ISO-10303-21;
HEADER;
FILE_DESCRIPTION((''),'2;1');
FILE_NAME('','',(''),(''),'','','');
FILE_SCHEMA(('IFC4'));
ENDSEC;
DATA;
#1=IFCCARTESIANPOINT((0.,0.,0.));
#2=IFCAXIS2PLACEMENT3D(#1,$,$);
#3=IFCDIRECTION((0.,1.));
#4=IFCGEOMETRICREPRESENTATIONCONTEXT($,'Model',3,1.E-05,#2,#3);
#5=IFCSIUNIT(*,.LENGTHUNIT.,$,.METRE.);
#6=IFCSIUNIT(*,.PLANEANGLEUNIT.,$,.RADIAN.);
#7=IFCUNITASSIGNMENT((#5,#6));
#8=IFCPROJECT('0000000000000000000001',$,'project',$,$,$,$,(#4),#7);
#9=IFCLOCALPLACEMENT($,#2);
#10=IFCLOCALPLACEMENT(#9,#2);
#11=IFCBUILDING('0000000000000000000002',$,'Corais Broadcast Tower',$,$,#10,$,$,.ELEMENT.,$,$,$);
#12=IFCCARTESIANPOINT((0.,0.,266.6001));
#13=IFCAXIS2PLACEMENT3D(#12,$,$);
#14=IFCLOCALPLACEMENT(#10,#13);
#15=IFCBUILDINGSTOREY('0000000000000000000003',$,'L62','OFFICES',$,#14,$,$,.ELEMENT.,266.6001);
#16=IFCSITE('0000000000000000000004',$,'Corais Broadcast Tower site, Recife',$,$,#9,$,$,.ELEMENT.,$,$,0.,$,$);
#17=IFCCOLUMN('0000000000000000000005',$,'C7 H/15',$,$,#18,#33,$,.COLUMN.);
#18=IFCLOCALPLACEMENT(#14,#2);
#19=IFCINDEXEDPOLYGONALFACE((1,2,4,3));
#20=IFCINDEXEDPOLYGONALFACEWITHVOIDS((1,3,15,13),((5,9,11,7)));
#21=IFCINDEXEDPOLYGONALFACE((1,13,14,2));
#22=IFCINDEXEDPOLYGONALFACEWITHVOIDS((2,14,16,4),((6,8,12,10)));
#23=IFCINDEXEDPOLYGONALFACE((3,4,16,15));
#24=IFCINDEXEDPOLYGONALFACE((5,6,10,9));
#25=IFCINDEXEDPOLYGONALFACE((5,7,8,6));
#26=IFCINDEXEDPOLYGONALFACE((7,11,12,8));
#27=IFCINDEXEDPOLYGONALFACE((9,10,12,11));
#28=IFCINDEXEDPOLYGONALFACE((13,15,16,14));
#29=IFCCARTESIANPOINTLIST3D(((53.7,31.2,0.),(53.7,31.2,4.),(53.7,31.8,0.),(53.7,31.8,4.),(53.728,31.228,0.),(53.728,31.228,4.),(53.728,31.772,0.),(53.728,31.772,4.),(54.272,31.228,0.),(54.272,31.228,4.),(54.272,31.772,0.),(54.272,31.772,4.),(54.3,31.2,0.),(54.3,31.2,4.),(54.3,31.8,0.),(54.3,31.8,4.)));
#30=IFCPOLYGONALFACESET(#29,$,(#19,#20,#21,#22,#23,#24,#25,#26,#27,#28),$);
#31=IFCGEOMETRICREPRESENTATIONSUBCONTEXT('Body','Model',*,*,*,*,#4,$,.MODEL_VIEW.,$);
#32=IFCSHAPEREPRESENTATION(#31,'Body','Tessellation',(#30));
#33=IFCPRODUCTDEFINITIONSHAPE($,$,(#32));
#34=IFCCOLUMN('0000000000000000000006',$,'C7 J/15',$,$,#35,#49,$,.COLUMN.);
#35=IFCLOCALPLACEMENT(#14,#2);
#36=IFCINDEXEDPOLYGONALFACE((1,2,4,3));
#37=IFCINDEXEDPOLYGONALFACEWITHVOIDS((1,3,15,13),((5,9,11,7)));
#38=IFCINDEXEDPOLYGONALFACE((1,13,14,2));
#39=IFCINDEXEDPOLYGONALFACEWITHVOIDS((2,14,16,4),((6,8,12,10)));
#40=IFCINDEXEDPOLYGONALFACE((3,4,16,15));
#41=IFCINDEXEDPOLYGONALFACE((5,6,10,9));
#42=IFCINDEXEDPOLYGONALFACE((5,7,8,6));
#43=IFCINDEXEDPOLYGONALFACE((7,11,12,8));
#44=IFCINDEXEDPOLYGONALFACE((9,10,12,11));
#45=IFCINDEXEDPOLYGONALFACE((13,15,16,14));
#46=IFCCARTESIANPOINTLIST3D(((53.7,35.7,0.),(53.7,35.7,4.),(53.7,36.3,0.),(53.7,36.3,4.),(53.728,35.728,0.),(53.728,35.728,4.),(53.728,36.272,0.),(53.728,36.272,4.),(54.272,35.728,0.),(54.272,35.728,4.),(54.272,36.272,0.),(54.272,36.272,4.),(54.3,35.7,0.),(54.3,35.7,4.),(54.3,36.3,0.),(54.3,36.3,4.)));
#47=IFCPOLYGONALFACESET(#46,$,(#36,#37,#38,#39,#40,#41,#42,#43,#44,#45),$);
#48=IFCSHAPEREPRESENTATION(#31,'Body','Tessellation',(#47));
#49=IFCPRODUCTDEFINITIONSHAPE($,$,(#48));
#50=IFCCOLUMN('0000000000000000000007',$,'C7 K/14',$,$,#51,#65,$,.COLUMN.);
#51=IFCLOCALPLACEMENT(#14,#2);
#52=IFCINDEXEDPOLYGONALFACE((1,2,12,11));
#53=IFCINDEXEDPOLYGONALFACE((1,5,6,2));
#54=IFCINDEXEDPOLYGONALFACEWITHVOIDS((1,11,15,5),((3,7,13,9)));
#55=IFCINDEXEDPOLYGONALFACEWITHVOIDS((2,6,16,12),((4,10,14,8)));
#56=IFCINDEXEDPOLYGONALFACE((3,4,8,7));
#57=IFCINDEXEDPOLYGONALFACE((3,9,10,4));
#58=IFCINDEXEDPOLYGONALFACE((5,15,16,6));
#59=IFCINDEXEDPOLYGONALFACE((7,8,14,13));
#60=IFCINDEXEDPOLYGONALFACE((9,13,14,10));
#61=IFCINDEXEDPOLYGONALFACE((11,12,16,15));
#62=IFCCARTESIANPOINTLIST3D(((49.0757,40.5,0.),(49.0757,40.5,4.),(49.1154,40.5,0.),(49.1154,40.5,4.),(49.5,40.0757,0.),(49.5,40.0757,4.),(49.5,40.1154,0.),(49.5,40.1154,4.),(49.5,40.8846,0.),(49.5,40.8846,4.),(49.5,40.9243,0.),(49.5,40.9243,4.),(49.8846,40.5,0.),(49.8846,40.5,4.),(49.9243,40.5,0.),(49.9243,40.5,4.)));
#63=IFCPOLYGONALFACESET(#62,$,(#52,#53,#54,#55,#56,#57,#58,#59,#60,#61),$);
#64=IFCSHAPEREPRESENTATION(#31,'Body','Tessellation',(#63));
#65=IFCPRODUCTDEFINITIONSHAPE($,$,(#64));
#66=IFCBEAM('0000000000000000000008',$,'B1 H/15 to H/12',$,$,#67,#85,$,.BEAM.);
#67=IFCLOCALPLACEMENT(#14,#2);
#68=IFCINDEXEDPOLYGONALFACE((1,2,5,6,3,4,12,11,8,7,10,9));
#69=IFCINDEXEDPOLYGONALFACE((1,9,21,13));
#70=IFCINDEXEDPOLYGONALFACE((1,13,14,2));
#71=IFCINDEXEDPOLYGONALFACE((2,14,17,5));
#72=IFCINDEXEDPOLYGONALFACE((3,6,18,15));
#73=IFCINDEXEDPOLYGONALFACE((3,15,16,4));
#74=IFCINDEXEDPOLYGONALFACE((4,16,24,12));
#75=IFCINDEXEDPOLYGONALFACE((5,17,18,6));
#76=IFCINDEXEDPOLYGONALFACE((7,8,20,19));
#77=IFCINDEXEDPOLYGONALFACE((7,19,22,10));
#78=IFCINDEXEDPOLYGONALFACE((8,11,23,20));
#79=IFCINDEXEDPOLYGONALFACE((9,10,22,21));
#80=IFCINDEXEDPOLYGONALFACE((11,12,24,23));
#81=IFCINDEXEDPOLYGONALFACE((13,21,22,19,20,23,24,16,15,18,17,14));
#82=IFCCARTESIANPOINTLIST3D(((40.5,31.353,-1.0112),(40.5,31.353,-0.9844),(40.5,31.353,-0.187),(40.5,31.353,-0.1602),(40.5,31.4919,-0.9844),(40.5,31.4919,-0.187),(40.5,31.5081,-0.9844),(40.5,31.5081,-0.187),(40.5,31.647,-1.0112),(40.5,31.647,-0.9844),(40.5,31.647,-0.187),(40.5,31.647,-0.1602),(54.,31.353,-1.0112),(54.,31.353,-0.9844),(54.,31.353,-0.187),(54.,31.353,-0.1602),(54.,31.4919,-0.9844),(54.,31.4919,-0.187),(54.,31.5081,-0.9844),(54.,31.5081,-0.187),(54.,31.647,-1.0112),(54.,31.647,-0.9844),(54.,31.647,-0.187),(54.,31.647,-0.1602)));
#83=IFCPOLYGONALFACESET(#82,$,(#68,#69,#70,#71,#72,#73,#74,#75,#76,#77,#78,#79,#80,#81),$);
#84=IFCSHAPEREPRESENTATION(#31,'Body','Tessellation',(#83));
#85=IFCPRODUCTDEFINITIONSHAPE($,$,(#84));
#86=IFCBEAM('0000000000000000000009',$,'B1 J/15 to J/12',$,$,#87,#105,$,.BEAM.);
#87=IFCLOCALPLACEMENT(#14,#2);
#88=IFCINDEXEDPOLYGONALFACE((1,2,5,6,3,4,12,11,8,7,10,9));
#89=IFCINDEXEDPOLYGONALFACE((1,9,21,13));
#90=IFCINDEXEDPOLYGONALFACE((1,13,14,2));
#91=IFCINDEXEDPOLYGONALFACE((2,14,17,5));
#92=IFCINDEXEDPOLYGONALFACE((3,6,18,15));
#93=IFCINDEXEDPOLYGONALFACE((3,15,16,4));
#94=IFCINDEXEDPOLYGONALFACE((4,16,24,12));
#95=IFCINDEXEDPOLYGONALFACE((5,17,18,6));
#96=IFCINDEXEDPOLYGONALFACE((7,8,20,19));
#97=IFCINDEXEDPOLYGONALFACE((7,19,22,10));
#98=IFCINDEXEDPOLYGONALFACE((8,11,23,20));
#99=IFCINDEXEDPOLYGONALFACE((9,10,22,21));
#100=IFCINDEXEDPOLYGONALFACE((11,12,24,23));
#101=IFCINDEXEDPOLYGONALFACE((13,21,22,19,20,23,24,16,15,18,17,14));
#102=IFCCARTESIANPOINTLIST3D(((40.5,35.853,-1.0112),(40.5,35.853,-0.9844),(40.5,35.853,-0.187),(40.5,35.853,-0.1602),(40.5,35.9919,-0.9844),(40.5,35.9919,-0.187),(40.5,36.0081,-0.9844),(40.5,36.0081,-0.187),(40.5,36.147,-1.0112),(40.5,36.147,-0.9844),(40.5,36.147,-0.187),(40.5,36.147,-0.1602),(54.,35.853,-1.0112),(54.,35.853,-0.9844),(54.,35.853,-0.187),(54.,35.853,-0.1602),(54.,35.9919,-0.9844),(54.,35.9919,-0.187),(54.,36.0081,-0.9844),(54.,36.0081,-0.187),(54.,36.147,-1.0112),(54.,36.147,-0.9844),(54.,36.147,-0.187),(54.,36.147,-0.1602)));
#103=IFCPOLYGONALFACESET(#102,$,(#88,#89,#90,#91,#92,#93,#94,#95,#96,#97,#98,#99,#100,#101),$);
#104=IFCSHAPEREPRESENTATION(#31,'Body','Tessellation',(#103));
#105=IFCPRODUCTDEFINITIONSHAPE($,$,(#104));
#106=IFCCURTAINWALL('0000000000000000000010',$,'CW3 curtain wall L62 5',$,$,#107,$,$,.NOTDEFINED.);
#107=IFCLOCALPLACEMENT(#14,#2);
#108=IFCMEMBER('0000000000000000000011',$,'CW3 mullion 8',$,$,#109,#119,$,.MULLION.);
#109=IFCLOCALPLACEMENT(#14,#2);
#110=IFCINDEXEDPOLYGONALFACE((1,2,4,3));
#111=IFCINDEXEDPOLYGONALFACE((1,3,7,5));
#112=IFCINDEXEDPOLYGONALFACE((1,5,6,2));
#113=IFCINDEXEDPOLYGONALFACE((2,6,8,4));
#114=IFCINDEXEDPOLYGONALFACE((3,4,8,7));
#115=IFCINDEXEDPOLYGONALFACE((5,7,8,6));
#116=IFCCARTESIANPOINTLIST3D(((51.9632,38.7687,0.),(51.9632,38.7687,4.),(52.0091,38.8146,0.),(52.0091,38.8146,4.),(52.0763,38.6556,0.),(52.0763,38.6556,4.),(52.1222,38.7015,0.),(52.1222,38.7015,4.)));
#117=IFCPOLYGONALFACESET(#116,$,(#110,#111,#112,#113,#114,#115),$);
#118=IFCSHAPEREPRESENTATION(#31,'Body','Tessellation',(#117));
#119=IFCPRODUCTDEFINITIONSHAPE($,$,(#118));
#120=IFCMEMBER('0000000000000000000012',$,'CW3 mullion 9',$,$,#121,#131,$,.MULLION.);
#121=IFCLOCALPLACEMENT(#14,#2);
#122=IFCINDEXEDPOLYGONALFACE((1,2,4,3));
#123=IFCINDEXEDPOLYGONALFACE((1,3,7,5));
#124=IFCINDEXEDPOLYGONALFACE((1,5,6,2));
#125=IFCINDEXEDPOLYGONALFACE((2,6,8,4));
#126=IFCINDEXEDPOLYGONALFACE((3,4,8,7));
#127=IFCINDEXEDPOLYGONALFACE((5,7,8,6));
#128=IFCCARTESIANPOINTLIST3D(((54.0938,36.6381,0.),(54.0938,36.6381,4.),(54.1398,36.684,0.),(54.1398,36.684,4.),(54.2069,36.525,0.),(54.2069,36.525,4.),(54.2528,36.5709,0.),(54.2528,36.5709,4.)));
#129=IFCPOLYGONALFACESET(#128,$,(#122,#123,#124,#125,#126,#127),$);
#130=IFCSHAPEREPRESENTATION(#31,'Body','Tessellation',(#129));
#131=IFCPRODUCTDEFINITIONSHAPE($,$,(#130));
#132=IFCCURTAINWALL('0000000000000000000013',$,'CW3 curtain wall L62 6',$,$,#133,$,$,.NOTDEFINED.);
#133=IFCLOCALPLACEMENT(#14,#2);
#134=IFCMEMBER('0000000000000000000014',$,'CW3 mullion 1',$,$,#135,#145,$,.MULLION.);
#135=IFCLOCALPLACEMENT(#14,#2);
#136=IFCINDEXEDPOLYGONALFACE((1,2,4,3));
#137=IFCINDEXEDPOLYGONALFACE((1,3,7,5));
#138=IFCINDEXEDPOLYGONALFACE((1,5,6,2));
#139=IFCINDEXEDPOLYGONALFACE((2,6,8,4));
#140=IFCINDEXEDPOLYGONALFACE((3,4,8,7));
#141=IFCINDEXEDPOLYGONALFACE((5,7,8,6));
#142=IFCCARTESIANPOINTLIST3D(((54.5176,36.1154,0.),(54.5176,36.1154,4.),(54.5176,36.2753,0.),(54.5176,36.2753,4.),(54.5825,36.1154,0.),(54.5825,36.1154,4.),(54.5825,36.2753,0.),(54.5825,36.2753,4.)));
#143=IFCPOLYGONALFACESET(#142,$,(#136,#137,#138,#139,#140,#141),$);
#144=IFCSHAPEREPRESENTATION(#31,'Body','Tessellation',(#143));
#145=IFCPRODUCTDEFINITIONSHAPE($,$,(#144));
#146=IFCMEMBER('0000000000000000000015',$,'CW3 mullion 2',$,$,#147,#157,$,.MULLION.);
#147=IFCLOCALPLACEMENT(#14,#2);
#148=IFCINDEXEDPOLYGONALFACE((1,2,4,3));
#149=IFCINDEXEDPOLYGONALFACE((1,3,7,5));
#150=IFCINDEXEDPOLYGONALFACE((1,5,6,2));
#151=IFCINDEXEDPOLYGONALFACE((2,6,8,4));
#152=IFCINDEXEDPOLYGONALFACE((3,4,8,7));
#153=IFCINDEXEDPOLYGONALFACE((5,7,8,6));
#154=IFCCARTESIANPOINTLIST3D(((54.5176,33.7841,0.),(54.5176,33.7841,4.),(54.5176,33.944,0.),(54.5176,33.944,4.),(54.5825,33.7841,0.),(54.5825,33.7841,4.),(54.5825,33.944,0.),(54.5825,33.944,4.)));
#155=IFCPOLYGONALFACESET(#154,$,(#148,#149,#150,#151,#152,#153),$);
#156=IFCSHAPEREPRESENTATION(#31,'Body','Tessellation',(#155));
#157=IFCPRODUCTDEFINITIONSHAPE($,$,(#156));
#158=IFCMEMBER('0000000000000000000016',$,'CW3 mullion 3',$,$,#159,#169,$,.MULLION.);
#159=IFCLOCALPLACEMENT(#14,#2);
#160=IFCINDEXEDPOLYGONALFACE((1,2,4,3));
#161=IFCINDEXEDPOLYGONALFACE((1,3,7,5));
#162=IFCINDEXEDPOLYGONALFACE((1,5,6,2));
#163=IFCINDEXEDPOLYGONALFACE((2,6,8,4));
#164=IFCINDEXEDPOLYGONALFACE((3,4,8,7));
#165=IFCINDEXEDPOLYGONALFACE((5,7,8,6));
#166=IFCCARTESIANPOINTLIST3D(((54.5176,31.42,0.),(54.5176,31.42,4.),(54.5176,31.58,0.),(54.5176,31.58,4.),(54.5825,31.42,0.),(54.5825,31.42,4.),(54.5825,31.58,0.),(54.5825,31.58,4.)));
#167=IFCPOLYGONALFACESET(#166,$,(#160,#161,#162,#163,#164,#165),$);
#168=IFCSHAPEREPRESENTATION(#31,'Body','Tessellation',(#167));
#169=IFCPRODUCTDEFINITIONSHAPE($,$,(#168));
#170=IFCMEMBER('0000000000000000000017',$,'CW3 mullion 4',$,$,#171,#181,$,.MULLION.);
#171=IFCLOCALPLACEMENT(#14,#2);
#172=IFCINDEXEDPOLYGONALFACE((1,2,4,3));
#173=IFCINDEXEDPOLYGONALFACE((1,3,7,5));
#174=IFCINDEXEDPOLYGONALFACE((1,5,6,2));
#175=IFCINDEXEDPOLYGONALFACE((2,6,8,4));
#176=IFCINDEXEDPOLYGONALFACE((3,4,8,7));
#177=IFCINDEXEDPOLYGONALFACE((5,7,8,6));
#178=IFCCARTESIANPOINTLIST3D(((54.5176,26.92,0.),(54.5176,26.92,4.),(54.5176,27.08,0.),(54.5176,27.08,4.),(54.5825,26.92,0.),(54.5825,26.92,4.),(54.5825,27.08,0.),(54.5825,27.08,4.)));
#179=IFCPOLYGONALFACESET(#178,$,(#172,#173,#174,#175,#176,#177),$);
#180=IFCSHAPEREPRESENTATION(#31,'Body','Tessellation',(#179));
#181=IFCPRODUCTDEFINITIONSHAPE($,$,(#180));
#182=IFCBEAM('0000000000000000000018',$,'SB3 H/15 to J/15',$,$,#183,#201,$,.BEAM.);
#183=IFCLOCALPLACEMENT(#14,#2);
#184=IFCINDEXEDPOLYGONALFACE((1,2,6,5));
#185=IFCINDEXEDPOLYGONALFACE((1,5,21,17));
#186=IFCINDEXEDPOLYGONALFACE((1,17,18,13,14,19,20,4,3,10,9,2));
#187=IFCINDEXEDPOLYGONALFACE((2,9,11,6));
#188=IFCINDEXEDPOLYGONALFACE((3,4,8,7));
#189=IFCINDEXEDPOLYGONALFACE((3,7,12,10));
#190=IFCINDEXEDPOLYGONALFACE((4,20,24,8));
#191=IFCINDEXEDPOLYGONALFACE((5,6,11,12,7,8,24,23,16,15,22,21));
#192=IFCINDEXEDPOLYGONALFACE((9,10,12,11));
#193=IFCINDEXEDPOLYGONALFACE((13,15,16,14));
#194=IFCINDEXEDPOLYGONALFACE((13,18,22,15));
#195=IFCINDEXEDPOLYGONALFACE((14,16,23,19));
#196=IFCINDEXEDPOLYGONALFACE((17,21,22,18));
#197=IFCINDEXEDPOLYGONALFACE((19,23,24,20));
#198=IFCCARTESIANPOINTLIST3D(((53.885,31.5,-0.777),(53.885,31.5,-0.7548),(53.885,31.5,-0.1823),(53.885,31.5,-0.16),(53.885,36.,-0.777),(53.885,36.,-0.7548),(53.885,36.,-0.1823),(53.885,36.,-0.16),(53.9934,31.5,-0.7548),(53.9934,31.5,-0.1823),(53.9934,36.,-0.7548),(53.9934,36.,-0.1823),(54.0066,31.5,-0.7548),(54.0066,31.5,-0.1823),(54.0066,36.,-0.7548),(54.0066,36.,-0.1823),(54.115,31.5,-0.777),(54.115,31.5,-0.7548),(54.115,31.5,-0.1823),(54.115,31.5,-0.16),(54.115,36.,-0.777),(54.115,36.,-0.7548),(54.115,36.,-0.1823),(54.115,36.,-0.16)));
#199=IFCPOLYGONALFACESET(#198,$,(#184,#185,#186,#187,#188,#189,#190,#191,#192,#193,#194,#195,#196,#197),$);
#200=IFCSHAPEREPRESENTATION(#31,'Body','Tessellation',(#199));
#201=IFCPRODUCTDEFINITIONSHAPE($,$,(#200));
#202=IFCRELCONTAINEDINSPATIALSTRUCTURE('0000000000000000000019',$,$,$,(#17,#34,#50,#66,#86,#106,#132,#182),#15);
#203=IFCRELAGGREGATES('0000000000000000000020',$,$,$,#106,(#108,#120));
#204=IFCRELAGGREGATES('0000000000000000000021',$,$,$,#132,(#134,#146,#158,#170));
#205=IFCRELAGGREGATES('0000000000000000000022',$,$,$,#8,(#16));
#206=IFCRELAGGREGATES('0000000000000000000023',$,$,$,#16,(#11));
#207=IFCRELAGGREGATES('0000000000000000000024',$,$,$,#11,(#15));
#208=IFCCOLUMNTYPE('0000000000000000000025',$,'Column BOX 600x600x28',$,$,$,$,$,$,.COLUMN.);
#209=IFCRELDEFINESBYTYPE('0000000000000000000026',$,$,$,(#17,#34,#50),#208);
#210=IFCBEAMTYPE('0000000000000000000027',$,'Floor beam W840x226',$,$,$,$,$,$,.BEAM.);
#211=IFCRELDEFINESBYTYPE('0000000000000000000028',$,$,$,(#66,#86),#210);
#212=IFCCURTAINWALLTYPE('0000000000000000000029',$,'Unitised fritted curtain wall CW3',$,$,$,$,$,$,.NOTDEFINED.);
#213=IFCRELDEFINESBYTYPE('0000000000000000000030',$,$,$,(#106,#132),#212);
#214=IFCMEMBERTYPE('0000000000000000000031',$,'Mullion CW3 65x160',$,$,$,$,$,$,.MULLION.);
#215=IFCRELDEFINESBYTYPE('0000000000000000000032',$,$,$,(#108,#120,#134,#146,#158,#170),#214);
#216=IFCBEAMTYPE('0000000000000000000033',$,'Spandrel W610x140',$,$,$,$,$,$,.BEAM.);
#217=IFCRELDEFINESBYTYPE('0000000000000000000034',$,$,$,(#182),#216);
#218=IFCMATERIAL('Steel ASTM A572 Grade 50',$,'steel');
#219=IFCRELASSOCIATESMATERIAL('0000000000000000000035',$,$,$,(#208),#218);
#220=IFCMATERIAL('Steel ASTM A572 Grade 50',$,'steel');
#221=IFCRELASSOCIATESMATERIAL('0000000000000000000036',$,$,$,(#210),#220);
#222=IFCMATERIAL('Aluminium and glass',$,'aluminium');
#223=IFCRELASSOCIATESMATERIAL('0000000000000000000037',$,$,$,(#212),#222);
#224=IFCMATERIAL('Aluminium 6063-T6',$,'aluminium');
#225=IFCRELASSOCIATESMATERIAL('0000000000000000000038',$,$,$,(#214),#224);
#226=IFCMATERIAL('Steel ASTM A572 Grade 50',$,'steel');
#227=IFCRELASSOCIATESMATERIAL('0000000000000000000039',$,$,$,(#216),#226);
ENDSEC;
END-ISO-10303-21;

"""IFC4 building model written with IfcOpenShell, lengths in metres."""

from ifc_helpers import new_model, si_unit, direction, frame, origin, origin_2d, place, context, subcontext, project, spatial, rectangle, hollow_rectangle, i_section, extrude, material, material_profile, profile_set, type_object, element, aggregate, save


model = new_model("IFC4")

# Units and contexts
model_context = context("Model", 3, precision=1e-05, world=origin(), true_north=direction((0.0, 1.0)))
body_context = subcontext(model_context, "Body", "Model", "MODEL_VIEW")
ifc_project = project(units=[si_unit("LENGTHUNIT", "METRE"), si_unit("PLANEANGLEUNIT", "RADIAN")], contexts=[model_context])

# Site, building, storey
site_placement = place(None, origin())
site = spatial("IfcSite", under=ifc_project, at=site_placement, Name="Corais Broadcast Tower site, Recife", CompositionType="ELEMENT", RefElevation=0.0)
building_placement = place(site_placement, origin())
building = spatial("IfcBuilding", under=site, at=building_placement, Name="Corais Broadcast Tower", CompositionType="ELEMENT")
storey_placement = place(building_placement, frame((0.0, 0.0, 266.6001)))
storey = spatial("IfcBuildingStorey", under=building, at=storey_placement, Name="L62", Description="OFFICES", CompositionType="ELEMENT", Elevation=266.6001)

# Columns
ifc_material_1 = material(Name="Steel ASTM A572 Grade 50", Category="steel")
ifc_material_profile_1 = material_profile(ifc_material_1, hollow_rectangle(XDim=0.6001, YDim=0.6001, WallThickness=0.0281, at=origin_2d()), Name="BOX 600x600x28")
ifc_profile_set_1 = profile_set([ifc_material_profile_1], Name="Steel ASTM A572 Grade 50")
column_type = type_object("IfcColumnType", Name="Column BOX 600x600x28", PredefinedType="COLUMN", material=ifc_profile_set_1)
for number, where, z_axis, x_axis, name in (
    (1, (54.0, 31.5, 0.0), (0.0, 0.0, 1.0), (1.0, 0.0, 0.0), "C7 H/15"),
    (2, (54.0, 36.0, 0.0), (0.0, 0.0, 1.0), (1.0, 0.0, 0.0), "C7 J/15"),
    (3, (49.5, 40.5, 0.0), (0.0, 0.0, 1.0), (0.707107, 0.707107, 0.0), "C7 K/14"),
):
    element("IfcColumn", number, at=place(storey_placement, frame(where, z_axis=z_axis, x_axis=x_axis)), inside=storey, type_object=column_type, Name=name, PredefinedType="COLUMN", context=body_context, shape_type="SweptSolid", body=[
        extrude(hollow_rectangle(XDim=0.6001, YDim=0.6001, WallThickness=0.0281, at=origin_2d()), origin(), (0.0, 0.0, 1.0), 4.0),
    ])

# Beams
ifc_material_2 = material(Name="Steel ASTM A572 Grade 50", Category="steel")
ifc_material_profile_2 = material_profile(ifc_material_2, i_section(OverallWidth=0.2939, OverallDepth=0.8511, WebThickness=0.0161, FlangeThickness=0.0269, at=origin_2d()), Name="W840x226")
ifc_profile_set_2 = profile_set([ifc_material_profile_2], Name="Steel ASTM A572 Grade 50")
beam_type_1 = type_object("IfcBeamType", Name="Floor beam W840x226", PredefinedType="BEAM", material=ifc_profile_set_2)
for number, where, z_axis, x_axis, name in (
    (4, (54.0, 31.5, -0.5857), (-1.0, 0.0, 0.0), (0.0, -1.0, 0.0), "B1 H/15 to H/12"),
    (5, (54.0, 36.0, -0.5857), (-1.0, 0.0, 0.0), (0.0, -1.0, 0.0), "B1 J/15 to J/12"),
):
    element("IfcBeam", number, at=place(storey_placement, frame(where, z_axis=z_axis, x_axis=x_axis)), inside=storey, type_object=beam_type_1, Name=name, PredefinedType="BEAM", context=body_context, shape_type="SweptSolid", body=[
        extrude(i_section(OverallWidth=0.2939, OverallDepth=0.8511, WebThickness=0.0161, FlangeThickness=0.0269, at=origin_2d()), origin(), (0.0, 0.0, 1.0), 13.5),
    ])

# Curtain walls, members
ifc_material_3 = material(Name="Aluminium and glass", Category="aluminium")
curtain_wall_type = type_object("IfcCurtainWallType", Name="Unitised fritted curtain wall CW3", PredefinedType="NOTDEFINED", material=ifc_material_3)
curtain_wall_1_placement = place(storey_placement, origin())
curtain_wall_1 = element("IfcCurtainWall", 6, at=curtain_wall_1_placement, inside=storey, type_object=curtain_wall_type, Name="CW3 curtain wall L62 5", PredefinedType="NOTDEFINED")
ifc_material_4 = material(Name="Aluminium 6063-T6", Category="aluminium")
ifc_material_profile_3 = material_profile(ifc_material_4, rectangle(XDim=0.0649, YDim=0.1599, at=origin_2d()), Name="Mullion CW3 65x160")
ifc_profile_set_3 = profile_set([ifc_material_profile_3], Name="Aluminium 6063-T6")
member_type_1 = type_object("IfcMemberType", Name="Mullion CW3 65x160", PredefinedType="MULLION", material=ifc_profile_set_3)
member_1_placement = place(storey_placement, frame((52.0427, 38.7351, 0.0), z_axis=(0.0, 0.0, 1.0), x_axis=(0.707107, 0.707107, 0.0)))
member_1 = element("IfcMember", 7, at=member_1_placement, type_object=member_type_1, Name="CW3 mullion 8", PredefinedType="MULLION", context=body_context, shape_type="SweptSolid", body=[
    extrude(rectangle(XDim=0.0649, YDim=0.1599, at=origin_2d()), origin(), (0.0, 0.0, 1.0), 4.0),
])
member_2_placement = place(storey_placement, frame((54.1733, 36.6045, 0.0), z_axis=(0.0, 0.0, 1.0), x_axis=(0.707107, 0.707107, 0.0)))
member_2 = element("IfcMember", 8, at=member_2_placement, type_object=member_type_1, Name="CW3 mullion 9", PredefinedType="MULLION", context=body_context, shape_type="SweptSolid", body=[
    extrude(rectangle(XDim=0.0649, YDim=0.1599, at=origin_2d()), origin(), (0.0, 0.0, 1.0), 4.0),
])
curtain_wall_2_placement = place(storey_placement, origin())
curtain_wall_2 = element("IfcCurtainWall", 9, at=curtain_wall_2_placement, inside=storey, type_object=curtain_wall_type, Name="CW3 curtain wall L62 6", PredefinedType="NOTDEFINED")
member_3_placement = place(storey_placement, frame((54.55, 36.1953, 0.0), z_axis=(0.0, 0.0, 1.0), x_axis=(1.0, 0.0, 0.0)))
member_3 = element("IfcMember", 10, at=member_3_placement, type_object=member_type_1, Name="CW3 mullion 1", PredefinedType="MULLION", context=body_context, shape_type="SweptSolid", body=[
    extrude(rectangle(XDim=0.0649, YDim=0.1599, at=origin_2d()), origin(), (0.0, 0.0, 1.0), 4.0),
])
member_4_placement = place(storey_placement, frame((54.55, 33.864, 0.0), z_axis=(0.0, 0.0, 1.0), x_axis=(1.0, 0.0, 0.0)))
member_4 = element("IfcMember", 11, at=member_4_placement, type_object=member_type_1, Name="CW3 mullion 2", PredefinedType="MULLION", context=body_context, shape_type="SweptSolid", body=[
    extrude(rectangle(XDim=0.0649, YDim=0.1599, at=origin_2d()), origin(), (0.0, 0.0, 1.0), 4.0),
])
member_5_placement = place(storey_placement, frame((54.55, 31.5, 0.0), z_axis=(0.0, 0.0, 1.0), x_axis=(1.0, 0.0, 0.0)))
member_5 = element("IfcMember", 12, at=member_5_placement, type_object=member_type_1, Name="CW3 mullion 3", PredefinedType="MULLION", context=body_context, shape_type="SweptSolid", body=[
    extrude(rectangle(XDim=0.0649, YDim=0.1599, at=origin_2d()), origin(), (0.0, 0.0, 1.0), 4.0),
])
member_6_placement = place(storey_placement, frame((54.55, 27.0, 0.0), z_axis=(0.0, 0.0, 1.0), x_axis=(1.0, 0.0, 0.0)))
member_6 = element("IfcMember", 13, at=member_6_placement, type_object=member_type_1, Name="CW3 mullion 4", PredefinedType="MULLION", context=body_context, shape_type="SweptSolid", body=[
    extrude(rectangle(XDim=0.0649, YDim=0.1599, at=origin_2d()), origin(), (0.0, 0.0, 1.0), 4.0),
])

# Beam
ifc_material_5 = material(Name="Steel ASTM A572 Grade 50", Category="steel")
ifc_material_profile_4 = material_profile(ifc_material_5, i_section(OverallWidth=0.23, OverallDepth=0.6169, WebThickness=0.0132, FlangeThickness=0.0222, at=origin_2d()), Name="W610x140")
ifc_profile_set_4 = profile_set([ifc_material_profile_4], Name="Steel ASTM A572 Grade 50")
beam_type_2 = type_object("IfcBeamType", Name="Spandrel W610x140", PredefinedType="BEAM", material=ifc_profile_set_4)
beam_1_placement = place(storey_placement, frame((54.0, 31.5, -0.4685), z_axis=(0.0, 1.0, 0.0), x_axis=(-1.0, 0.0, 0.0)))
element("IfcBeam", 14, at=beam_1_placement, inside=storey, type_object=beam_type_2, Name="SB3 H/15 to J/15", PredefinedType="BEAM", context=body_context, shape_type="SweptSolid", body=[
    extrude(i_section(OverallWidth=0.23, OverallDepth=0.6169, WebThickness=0.0132, FlangeThickness=0.0222, at=origin_2d()), origin(), (0.0, 0.0, 1.0), 4.5),
])

aggregate(curtain_wall_1, [member_1, member_2])
aggregate(curtain_wall_2, [member_3, member_4, member_5, member_6])

save(model, "model.ifc")
